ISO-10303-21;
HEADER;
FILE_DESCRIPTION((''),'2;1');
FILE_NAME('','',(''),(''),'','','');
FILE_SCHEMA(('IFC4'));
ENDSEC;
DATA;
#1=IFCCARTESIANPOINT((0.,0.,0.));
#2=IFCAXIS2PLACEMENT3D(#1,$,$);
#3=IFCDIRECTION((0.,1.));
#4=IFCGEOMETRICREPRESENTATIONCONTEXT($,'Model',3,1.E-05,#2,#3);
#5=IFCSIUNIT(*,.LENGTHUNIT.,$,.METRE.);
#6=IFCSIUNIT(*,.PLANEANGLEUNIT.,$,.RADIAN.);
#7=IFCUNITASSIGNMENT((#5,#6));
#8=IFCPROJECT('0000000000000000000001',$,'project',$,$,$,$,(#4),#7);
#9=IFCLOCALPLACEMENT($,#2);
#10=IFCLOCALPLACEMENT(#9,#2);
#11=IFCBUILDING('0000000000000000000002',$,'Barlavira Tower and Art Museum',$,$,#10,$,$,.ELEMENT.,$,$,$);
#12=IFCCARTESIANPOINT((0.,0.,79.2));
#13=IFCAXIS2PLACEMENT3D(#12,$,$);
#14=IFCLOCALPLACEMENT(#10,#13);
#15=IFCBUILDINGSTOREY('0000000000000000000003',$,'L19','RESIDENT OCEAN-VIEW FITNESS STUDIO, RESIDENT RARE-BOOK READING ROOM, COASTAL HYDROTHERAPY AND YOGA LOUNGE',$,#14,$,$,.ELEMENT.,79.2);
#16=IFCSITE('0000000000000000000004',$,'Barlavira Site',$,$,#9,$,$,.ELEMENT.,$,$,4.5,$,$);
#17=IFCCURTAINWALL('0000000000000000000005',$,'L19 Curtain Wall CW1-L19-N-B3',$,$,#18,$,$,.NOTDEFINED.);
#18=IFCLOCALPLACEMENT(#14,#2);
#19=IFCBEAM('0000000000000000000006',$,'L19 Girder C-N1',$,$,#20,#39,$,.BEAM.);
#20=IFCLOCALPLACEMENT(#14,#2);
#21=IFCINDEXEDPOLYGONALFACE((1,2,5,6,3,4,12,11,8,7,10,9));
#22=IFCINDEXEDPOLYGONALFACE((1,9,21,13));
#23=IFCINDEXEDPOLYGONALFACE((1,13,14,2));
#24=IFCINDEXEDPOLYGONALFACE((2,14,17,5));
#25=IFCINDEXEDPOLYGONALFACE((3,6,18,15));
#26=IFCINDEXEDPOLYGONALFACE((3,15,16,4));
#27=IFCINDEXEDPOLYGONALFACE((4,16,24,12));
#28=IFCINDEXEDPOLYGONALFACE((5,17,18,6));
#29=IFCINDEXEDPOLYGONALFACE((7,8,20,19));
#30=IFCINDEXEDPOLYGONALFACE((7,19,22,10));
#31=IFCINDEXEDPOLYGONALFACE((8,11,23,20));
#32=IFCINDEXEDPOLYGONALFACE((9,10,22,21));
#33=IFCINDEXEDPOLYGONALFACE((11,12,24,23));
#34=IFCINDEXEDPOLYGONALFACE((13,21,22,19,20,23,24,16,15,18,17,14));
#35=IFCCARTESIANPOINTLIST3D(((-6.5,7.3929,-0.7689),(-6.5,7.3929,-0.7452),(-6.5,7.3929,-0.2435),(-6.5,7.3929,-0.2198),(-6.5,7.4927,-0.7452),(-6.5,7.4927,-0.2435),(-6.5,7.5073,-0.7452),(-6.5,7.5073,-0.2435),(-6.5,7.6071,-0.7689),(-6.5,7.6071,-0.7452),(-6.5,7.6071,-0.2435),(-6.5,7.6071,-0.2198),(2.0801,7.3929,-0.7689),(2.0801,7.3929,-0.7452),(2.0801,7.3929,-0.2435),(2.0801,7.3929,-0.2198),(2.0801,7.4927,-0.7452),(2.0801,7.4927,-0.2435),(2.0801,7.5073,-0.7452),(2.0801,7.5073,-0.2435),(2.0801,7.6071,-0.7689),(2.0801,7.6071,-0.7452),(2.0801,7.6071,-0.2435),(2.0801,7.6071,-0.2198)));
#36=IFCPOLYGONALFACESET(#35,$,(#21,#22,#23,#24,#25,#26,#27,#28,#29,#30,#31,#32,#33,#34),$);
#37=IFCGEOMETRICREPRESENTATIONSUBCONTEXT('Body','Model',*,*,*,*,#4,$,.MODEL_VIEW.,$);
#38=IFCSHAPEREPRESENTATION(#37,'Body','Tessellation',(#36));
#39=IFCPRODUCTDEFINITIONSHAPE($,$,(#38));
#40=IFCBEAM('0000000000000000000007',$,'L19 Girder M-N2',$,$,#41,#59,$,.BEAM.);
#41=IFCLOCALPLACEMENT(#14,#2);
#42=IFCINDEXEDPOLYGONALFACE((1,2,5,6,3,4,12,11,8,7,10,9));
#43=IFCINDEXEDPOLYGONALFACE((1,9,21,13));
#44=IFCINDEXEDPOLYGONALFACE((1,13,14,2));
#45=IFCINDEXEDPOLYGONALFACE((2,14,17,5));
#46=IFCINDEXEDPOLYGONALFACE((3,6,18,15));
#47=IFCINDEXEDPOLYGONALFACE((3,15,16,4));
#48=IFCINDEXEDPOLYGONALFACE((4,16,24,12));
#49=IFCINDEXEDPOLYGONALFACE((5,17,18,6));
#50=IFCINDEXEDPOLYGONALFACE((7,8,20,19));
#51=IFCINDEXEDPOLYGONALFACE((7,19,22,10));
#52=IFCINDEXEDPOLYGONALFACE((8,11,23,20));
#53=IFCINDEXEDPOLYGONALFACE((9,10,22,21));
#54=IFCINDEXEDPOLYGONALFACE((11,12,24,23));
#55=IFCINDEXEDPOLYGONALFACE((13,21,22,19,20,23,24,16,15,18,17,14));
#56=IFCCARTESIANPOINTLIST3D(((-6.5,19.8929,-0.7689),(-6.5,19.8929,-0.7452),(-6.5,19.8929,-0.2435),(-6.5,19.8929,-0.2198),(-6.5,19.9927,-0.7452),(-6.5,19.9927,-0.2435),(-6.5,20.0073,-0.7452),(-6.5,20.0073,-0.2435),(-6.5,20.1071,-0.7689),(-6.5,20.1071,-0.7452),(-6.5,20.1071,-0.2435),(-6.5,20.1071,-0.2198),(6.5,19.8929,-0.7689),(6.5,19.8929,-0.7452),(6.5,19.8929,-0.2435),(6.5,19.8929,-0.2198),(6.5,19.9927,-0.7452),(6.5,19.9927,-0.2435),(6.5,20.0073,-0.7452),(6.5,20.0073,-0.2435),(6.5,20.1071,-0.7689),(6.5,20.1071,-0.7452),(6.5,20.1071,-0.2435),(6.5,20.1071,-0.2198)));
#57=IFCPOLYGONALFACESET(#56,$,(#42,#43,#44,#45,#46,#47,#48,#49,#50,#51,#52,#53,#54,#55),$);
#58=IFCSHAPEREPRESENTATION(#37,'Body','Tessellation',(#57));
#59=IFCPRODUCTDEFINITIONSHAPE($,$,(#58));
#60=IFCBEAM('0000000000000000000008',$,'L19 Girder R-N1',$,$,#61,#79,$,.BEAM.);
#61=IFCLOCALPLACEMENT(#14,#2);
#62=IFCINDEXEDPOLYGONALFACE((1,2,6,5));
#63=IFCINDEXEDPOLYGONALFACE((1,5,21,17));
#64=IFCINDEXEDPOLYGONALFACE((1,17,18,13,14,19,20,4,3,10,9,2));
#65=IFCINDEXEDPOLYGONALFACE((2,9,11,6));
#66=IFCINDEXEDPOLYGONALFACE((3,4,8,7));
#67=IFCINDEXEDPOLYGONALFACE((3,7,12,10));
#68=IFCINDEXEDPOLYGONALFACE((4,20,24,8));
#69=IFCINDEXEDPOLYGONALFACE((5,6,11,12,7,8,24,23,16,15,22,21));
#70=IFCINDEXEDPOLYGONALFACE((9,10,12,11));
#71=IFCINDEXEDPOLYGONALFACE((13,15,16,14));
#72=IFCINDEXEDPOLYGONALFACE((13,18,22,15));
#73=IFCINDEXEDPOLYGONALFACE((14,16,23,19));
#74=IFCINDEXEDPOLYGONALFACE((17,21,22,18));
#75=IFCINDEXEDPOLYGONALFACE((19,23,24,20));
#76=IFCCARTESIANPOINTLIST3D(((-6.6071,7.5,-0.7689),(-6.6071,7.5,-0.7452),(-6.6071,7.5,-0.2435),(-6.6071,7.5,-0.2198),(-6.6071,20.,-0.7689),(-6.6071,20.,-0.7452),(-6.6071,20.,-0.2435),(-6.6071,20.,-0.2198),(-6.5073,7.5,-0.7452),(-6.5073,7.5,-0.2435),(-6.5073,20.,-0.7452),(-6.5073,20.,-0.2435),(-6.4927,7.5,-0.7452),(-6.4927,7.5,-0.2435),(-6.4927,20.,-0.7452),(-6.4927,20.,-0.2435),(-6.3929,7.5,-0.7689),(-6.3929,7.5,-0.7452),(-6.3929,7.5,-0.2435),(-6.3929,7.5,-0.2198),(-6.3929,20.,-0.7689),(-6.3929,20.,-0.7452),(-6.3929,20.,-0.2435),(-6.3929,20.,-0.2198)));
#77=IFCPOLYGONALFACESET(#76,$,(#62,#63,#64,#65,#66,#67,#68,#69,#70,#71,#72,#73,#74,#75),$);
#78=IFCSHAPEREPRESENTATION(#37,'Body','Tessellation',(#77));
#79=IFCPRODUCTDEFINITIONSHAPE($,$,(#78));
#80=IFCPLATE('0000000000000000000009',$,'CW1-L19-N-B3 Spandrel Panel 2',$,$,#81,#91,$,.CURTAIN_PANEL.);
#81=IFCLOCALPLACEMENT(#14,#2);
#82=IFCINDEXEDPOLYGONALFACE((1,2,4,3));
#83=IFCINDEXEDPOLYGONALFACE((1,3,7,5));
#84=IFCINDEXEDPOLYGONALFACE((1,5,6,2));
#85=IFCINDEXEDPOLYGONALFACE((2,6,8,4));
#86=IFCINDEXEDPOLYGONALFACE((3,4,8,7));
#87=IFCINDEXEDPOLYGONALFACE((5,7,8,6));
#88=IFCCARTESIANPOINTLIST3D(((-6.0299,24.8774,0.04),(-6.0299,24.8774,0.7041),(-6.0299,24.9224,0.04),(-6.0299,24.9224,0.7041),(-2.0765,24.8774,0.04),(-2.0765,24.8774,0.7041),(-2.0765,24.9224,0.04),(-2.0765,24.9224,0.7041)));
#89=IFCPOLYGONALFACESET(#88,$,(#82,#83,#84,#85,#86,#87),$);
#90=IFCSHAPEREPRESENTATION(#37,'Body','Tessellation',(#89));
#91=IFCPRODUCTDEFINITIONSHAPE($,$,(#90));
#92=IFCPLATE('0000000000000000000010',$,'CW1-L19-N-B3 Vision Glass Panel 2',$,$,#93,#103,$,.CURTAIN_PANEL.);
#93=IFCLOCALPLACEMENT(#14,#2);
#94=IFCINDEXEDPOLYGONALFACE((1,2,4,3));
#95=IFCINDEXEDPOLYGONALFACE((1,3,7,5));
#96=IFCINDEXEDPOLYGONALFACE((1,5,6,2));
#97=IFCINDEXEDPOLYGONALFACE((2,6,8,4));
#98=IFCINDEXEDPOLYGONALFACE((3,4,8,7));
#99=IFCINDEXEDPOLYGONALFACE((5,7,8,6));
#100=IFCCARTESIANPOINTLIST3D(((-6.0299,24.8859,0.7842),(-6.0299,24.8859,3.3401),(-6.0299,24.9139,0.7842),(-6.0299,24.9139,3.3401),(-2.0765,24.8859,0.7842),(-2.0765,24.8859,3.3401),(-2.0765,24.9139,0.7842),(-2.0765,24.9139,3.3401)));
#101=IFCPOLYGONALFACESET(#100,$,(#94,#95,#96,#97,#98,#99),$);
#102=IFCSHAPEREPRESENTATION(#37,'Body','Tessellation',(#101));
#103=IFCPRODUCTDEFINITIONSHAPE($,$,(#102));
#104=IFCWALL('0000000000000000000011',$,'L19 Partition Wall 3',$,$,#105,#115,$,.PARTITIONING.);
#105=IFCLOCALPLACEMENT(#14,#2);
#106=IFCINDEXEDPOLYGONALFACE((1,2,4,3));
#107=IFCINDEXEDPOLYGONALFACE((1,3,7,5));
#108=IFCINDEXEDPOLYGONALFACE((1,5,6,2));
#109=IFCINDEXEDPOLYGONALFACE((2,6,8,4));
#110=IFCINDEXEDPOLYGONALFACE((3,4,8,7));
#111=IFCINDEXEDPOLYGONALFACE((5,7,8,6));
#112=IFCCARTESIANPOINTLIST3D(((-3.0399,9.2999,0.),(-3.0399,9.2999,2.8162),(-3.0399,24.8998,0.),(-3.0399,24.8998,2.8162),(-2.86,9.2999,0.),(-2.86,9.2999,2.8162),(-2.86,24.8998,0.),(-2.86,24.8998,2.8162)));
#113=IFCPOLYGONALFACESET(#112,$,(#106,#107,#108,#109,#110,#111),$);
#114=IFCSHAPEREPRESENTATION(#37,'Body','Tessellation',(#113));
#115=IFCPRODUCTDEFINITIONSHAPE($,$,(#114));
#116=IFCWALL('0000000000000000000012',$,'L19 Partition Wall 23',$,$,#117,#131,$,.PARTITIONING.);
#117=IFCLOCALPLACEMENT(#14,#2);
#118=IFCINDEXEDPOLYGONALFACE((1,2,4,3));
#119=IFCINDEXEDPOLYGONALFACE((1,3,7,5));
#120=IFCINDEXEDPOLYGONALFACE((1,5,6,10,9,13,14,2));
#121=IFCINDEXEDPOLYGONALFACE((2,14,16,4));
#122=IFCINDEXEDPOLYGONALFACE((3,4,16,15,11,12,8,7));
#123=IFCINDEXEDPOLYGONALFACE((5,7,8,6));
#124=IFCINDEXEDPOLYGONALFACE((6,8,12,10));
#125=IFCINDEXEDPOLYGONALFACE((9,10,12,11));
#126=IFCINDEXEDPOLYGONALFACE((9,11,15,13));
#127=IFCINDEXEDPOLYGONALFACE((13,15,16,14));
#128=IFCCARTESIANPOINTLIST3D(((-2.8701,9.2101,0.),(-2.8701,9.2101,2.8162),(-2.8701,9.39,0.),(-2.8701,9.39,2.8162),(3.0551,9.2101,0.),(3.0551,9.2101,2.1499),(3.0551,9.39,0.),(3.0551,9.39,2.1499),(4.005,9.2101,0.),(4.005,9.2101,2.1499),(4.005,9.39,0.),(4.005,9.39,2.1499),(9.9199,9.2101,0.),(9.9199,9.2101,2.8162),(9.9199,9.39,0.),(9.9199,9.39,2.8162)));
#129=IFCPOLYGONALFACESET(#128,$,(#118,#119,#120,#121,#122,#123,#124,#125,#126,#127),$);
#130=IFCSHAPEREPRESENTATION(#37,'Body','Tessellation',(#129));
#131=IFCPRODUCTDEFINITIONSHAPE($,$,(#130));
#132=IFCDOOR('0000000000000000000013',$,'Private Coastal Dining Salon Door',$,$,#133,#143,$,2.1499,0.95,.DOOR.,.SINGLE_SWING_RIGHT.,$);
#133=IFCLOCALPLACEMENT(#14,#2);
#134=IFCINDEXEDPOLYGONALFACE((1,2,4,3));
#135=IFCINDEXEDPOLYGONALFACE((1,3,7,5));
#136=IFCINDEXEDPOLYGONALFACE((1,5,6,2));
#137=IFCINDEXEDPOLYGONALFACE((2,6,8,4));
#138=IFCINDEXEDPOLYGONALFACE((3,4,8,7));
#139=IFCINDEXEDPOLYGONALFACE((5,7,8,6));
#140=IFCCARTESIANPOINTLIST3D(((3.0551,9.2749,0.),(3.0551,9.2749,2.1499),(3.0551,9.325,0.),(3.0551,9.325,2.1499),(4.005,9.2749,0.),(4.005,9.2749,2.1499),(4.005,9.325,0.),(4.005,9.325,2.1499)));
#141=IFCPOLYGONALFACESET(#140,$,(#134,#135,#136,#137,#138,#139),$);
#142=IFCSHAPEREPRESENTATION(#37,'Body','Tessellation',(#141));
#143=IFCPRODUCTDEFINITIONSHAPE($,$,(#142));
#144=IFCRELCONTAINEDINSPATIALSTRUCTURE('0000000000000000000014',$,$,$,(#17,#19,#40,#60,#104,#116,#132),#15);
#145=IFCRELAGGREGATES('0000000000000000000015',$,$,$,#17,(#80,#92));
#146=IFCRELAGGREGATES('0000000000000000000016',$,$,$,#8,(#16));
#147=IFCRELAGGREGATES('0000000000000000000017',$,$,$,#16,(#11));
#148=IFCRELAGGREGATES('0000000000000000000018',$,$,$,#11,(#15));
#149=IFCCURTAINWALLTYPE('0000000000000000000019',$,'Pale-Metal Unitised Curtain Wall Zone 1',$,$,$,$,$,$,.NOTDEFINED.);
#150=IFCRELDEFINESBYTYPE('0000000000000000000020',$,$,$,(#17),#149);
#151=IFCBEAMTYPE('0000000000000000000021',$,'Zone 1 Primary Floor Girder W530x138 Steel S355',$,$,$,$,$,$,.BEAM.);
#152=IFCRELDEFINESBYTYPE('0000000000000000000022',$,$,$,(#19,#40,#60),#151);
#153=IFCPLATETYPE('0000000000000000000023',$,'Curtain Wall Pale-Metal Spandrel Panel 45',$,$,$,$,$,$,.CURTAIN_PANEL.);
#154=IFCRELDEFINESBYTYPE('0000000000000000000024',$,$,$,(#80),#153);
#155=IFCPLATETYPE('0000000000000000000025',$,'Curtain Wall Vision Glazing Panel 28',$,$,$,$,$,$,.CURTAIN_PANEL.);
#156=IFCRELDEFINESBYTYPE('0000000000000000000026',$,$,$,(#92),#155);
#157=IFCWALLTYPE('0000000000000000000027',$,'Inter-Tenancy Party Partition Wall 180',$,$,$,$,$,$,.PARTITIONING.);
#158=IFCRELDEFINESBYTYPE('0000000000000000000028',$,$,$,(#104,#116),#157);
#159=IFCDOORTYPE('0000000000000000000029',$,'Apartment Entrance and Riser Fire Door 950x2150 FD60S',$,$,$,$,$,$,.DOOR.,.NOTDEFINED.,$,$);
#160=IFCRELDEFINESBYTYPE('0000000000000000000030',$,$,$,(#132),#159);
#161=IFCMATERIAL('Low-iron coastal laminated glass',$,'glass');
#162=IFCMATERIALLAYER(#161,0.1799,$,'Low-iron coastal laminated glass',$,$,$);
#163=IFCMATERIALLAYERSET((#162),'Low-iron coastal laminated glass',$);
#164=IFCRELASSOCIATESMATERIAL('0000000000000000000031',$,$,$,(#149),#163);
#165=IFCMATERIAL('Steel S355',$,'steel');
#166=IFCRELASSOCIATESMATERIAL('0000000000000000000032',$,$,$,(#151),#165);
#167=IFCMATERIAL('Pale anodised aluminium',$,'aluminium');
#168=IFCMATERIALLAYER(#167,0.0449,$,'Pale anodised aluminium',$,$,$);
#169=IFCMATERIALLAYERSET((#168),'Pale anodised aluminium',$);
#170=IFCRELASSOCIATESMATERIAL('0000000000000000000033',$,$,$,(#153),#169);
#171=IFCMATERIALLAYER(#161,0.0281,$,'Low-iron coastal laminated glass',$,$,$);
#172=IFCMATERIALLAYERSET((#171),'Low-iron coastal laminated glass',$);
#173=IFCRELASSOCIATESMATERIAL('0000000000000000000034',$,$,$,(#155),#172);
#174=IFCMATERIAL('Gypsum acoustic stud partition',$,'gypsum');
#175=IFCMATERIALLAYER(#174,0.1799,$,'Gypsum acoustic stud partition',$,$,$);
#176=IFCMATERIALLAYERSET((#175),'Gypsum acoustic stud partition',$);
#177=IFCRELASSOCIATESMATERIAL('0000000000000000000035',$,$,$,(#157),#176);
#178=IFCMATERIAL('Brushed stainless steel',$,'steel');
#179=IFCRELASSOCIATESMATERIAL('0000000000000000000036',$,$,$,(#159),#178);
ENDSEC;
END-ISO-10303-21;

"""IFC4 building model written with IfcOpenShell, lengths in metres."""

from ifc_helpers import new_model, si_unit, direction, frame, frame_2d, origin, origin_2d, place, context, subcontext, project, spatial, rectangle, i_section, extrude, material, layer, layer_set, material_profile, profile_set, type_object, element, fill, aggregate, save


model = new_model("IFC4")

# Units and contexts
model_context = context("Model", 3, precision=1e-05, world=origin(), true_north=direction((0.0, 1.0)))
body_context = subcontext(model_context, "Body", "Model", "MODEL_VIEW")
ifc_project = project(units=[si_unit("LENGTHUNIT", "METRE"), si_unit("PLANEANGLEUNIT", "RADIAN")], contexts=[model_context])

# Site, building, storey
site_placement = place(None, origin())
site = spatial("IfcSite", under=ifc_project, at=site_placement, Name="Barlavira Site", CompositionType="ELEMENT", RefElevation=4.5)
building_placement = place(site_placement, origin())
building = spatial("IfcBuilding", under=site, at=building_placement, Name="Barlavira Tower and Art Museum", CompositionType="ELEMENT")
storey_placement = place(building_placement, frame((0.0, 0.0, 79.2)))
storey = spatial("IfcBuildingStorey", under=building, at=storey_placement, Name="L19", Description="RESIDENT OCEAN-VIEW FITNESS STUDIO, RESIDENT RARE-BOOK READING ROOM, COASTAL HYDROTHERAPY AND YOGA LOUNGE", CompositionType="ELEMENT", Elevation=79.2)

# Shared definitions
ifc_material_1 = material(Name="Steel S355", Category="steel")

# Curtain wall
ifc_material_2 = material(Name="Low-iron coastal laminated glass", Category="glass")
ifc_layer_1 = layer(ifc_material_2, 0.1799, Name="Low-iron coastal laminated glass")
ifc_layer_set_1 = layer_set([ifc_layer_1], Name="Low-iron coastal laminated glass")
curtain_wall_type = type_object("IfcCurtainWallType", Name="Pale-Metal Unitised Curtain Wall Zone 1", PredefinedType="NOTDEFINED", material=ifc_layer_set_1)
curtain_wall_placement = place(storey_placement, origin())
curtain_wall = element("IfcCurtainWall", 1, at=curtain_wall_placement, inside=storey, type_object=curtain_wall_type, Name="L19 Curtain Wall CW1-L19-N-B3", PredefinedType="NOTDEFINED")
ifc_material_3 = material(Name="Pale anodised aluminium", Category="aluminium")

# Beams
ifc_material_profile_1 = material_profile(ifc_material_1, i_section(OverallWidth=0.2141, OverallDepth=0.5491, WebThickness=0.0146, FlangeThickness=0.0237, at=origin_2d()), Name="W530x138.0")
ifc_profile_set_1 = profile_set([ifc_material_profile_1], Name="Steel S355")
beam_type_1 = type_object("IfcBeamType", Name="Zone 1 Primary Floor Girder W530x138 Steel S355", PredefinedType="BEAM", material=ifc_profile_set_1)
beam_1_placement = place(storey_placement, frame((-6.5, 7.5, -0.4944), z_axis=(1.0, 0.0, 0.0), x_axis=(0.0, 1.0, 0.0)))
element("IfcBeam", 2, at=beam_1_placement, inside=storey, type_object=beam_type_1, Name="L19 Girder C-N1", PredefinedType="BEAM", context=body_context, shape_type="SweptSolid", body=[
    extrude(i_section(OverallWidth=0.2141, OverallDepth=0.5491, WebThickness=0.0146, FlangeThickness=0.0237, at=origin_2d()), origin(), (0.0, 0.0, 1.0), 8.5801),
])
beam_2_placement = place(storey_placement, frame((-6.5, 20.0, -0.4944), z_axis=(1.0, 0.0, 0.0), x_axis=(0.0, 1.0, 0.0)))
element("IfcBeam", 3, at=beam_2_placement, inside=storey, type_object=beam_type_1, Name="L19 Girder M-N2", PredefinedType="BEAM", context=body_context, shape_type="SweptSolid", body=[
    extrude(i_section(OverallWidth=0.2141, OverallDepth=0.5491, WebThickness=0.0146, FlangeThickness=0.0237, at=origin_2d()), origin(), (0.0, 0.0, 1.0), 13.0),
])
beam_3_placement = place(storey_placement, frame((-6.5, 7.5, -0.4944), z_axis=(0.0, 1.0, 0.0), x_axis=(-1.0, 0.0, 0.0)))
element("IfcBeam", 4, at=beam_3_placement, inside=storey, type_object=beam_type_1, Name="L19 Girder R-N1", PredefinedType="BEAM", context=body_context, shape_type="SweptSolid", body=[
    extrude(i_section(OverallWidth=0.2141, OverallDepth=0.5491, WebThickness=0.0146, FlangeThickness=0.0237, at=origin_2d()), origin(), (0.0, 0.0, 1.0), 12.5),
])

# Plates
ifc_layer_2 = layer(ifc_material_3, 0.0449, Name="Pale anodised aluminium")
ifc_layer_set_2 = layer_set([ifc_layer_2], Name="Pale anodised aluminium")
plate_type_1 = type_object("IfcPlateType", Name="Curtain Wall Pale-Metal Spandrel Panel 45", PredefinedType="CURTAIN_PANEL", material=ifc_layer_set_2)
plate_1_placement = place(storey_placement, frame((-4.0532, 24.8999, 0.04), z_axis=(0.0, 0.0, 1.0), x_axis=(-1.0, 0.0, 0.0)))
plate_1 = element("IfcPlate", 5, at=plate_1_placement, type_object=plate_type_1, Name="CW1-L19-N-B3 Spandrel Panel 2", PredefinedType="CURTAIN_PANEL", context=body_context, shape_type="SweptSolid", body=[
    extrude(rectangle(XDim=3.9534, YDim=0.0449, at=origin_2d()), origin(), (0.0, 0.0, 1.0), 0.6641),
])
ifc_layer_3 = layer(ifc_material_2, 0.0281, Name="Low-iron coastal laminated glass")
ifc_layer_set_3 = layer_set([ifc_layer_3], Name="Low-iron coastal laminated glass")
plate_type_2 = type_object("IfcPlateType", Name="Curtain Wall Vision Glazing Panel 28", PredefinedType="CURTAIN_PANEL", material=ifc_layer_set_3)
plate_2_placement = place(storey_placement, frame((-4.0532, 24.8999, 0.7842), z_axis=(0.0, 0.0, 1.0), x_axis=(-1.0, 0.0, 0.0)))
plate_2 = element("IfcPlate", 6, at=plate_2_placement, type_object=plate_type_2, Name="CW1-L19-N-B3 Vision Glass Panel 2", PredefinedType="CURTAIN_PANEL", context=body_context, shape_type="SweptSolid", body=[
    extrude(rectangle(XDim=3.9534, YDim=0.0281, at=origin_2d()), origin(), (0.0, 0.0, 1.0), 2.5559),
])
aggregate(curtain_wall, [plate_1, plate_2])

# Wall
ifc_material_4 = material(Name="Gypsum acoustic stud partition", Category="gypsum")
ifc_layer_4 = layer(ifc_material_4, 0.1799, Name="Gypsum acoustic stud partition")
ifc_layer_set_4 = layer_set([ifc_layer_4], Name="Gypsum acoustic stud partition")
wall_type = type_object("IfcWallType", Name="Inter-Tenancy Party Partition Wall 180", PredefinedType="PARTITIONING", material=ifc_layer_set_4)
wall_1_placement = place(storey_placement, frame((-2.95, 9.3, 0.0), z_axis=(0.0, 0.0, 1.0), x_axis=(0.0, 1.0, 0.0)))
element("IfcWall", 7, at=wall_1_placement, inside=storey, type_object=wall_type, Name="L19 Partition Wall 3", PredefinedType="PARTITIONING", context=body_context, shape_type="SweptSolid", body=[
    extrude(rectangle(XDim=15.5999, YDim=0.1799, at=frame_2d((7.7998, 0.0))), origin(), (0.0, 0.0, 1.0), 2.8162),
])

# Wall, opening, door
wall_2_placement = place(storey_placement, frame((-2.8701, 9.3, 0.0), z_axis=(0.0, 0.0, 1.0), x_axis=(1.0, 0.0, 0.0)))
wall_2 = element("IfcWall", 8, at=wall_2_placement, inside=storey, type_object=wall_type, Name="L19 Partition Wall 23", PredefinedType="PARTITIONING", context=body_context, shape_type="SweptSolid", body=[
    extrude(rectangle(XDim=12.79, YDim=0.1799, at=frame_2d((6.395, 0.0))), origin(), (0.0, 0.0, 1.0), 2.8162),
])
opening_placement = place(wall_2_placement, frame((5.925, 0.0, 0.0)))
opening = element("IfcOpeningElement", 9, at=opening_placement, cuts=wall_2, PredefinedType="OPENING", context=body_context, shape_type="SweptSolid", body=[
    extrude(rectangle(XDim=0.95, YDim=2.1499, at=frame_2d((0.4751, 1.075))), frame((0.0, 0.1001, 0.0), z_axis=(0.0, -1.0, 0.0), x_axis=(1.0, 0.0, 0.0)), (0.0, 0.0, 1.0), 0.2),
])
ifc_material_5 = material(Name="Brushed stainless steel", Category="steel")
door_type = type_object("IfcDoorType", Name="Apartment Entrance and Riser Fire Door 950x2150 FD60S", OperationType="NOTDEFINED", PredefinedType="DOOR", material=ifc_material_5)
door_placement = place(opening_placement, origin())
door = element("IfcDoor", 10, at=door_placement, inside=storey, type_object=door_type, Name="Private Coastal Dining Salon Door", OperationType="SINGLE_SWING_RIGHT", OverallHeight=2.1499, OverallWidth=0.95, PredefinedType="DOOR", context=body_context, shape_type="SweptSolid", body=[
    extrude(rectangle(XDim=0.95, YDim=2.1499, at=frame_2d((0.4751, 1.075))), frame((0.0, 0.0249, 0.0), z_axis=(0.0, -1.0, 0.0), x_axis=(1.0, 0.0, 0.0)), (0.0, 0.0, 1.0), 0.05),
])
fill(opening, door)

save(model, "model.ifc")
